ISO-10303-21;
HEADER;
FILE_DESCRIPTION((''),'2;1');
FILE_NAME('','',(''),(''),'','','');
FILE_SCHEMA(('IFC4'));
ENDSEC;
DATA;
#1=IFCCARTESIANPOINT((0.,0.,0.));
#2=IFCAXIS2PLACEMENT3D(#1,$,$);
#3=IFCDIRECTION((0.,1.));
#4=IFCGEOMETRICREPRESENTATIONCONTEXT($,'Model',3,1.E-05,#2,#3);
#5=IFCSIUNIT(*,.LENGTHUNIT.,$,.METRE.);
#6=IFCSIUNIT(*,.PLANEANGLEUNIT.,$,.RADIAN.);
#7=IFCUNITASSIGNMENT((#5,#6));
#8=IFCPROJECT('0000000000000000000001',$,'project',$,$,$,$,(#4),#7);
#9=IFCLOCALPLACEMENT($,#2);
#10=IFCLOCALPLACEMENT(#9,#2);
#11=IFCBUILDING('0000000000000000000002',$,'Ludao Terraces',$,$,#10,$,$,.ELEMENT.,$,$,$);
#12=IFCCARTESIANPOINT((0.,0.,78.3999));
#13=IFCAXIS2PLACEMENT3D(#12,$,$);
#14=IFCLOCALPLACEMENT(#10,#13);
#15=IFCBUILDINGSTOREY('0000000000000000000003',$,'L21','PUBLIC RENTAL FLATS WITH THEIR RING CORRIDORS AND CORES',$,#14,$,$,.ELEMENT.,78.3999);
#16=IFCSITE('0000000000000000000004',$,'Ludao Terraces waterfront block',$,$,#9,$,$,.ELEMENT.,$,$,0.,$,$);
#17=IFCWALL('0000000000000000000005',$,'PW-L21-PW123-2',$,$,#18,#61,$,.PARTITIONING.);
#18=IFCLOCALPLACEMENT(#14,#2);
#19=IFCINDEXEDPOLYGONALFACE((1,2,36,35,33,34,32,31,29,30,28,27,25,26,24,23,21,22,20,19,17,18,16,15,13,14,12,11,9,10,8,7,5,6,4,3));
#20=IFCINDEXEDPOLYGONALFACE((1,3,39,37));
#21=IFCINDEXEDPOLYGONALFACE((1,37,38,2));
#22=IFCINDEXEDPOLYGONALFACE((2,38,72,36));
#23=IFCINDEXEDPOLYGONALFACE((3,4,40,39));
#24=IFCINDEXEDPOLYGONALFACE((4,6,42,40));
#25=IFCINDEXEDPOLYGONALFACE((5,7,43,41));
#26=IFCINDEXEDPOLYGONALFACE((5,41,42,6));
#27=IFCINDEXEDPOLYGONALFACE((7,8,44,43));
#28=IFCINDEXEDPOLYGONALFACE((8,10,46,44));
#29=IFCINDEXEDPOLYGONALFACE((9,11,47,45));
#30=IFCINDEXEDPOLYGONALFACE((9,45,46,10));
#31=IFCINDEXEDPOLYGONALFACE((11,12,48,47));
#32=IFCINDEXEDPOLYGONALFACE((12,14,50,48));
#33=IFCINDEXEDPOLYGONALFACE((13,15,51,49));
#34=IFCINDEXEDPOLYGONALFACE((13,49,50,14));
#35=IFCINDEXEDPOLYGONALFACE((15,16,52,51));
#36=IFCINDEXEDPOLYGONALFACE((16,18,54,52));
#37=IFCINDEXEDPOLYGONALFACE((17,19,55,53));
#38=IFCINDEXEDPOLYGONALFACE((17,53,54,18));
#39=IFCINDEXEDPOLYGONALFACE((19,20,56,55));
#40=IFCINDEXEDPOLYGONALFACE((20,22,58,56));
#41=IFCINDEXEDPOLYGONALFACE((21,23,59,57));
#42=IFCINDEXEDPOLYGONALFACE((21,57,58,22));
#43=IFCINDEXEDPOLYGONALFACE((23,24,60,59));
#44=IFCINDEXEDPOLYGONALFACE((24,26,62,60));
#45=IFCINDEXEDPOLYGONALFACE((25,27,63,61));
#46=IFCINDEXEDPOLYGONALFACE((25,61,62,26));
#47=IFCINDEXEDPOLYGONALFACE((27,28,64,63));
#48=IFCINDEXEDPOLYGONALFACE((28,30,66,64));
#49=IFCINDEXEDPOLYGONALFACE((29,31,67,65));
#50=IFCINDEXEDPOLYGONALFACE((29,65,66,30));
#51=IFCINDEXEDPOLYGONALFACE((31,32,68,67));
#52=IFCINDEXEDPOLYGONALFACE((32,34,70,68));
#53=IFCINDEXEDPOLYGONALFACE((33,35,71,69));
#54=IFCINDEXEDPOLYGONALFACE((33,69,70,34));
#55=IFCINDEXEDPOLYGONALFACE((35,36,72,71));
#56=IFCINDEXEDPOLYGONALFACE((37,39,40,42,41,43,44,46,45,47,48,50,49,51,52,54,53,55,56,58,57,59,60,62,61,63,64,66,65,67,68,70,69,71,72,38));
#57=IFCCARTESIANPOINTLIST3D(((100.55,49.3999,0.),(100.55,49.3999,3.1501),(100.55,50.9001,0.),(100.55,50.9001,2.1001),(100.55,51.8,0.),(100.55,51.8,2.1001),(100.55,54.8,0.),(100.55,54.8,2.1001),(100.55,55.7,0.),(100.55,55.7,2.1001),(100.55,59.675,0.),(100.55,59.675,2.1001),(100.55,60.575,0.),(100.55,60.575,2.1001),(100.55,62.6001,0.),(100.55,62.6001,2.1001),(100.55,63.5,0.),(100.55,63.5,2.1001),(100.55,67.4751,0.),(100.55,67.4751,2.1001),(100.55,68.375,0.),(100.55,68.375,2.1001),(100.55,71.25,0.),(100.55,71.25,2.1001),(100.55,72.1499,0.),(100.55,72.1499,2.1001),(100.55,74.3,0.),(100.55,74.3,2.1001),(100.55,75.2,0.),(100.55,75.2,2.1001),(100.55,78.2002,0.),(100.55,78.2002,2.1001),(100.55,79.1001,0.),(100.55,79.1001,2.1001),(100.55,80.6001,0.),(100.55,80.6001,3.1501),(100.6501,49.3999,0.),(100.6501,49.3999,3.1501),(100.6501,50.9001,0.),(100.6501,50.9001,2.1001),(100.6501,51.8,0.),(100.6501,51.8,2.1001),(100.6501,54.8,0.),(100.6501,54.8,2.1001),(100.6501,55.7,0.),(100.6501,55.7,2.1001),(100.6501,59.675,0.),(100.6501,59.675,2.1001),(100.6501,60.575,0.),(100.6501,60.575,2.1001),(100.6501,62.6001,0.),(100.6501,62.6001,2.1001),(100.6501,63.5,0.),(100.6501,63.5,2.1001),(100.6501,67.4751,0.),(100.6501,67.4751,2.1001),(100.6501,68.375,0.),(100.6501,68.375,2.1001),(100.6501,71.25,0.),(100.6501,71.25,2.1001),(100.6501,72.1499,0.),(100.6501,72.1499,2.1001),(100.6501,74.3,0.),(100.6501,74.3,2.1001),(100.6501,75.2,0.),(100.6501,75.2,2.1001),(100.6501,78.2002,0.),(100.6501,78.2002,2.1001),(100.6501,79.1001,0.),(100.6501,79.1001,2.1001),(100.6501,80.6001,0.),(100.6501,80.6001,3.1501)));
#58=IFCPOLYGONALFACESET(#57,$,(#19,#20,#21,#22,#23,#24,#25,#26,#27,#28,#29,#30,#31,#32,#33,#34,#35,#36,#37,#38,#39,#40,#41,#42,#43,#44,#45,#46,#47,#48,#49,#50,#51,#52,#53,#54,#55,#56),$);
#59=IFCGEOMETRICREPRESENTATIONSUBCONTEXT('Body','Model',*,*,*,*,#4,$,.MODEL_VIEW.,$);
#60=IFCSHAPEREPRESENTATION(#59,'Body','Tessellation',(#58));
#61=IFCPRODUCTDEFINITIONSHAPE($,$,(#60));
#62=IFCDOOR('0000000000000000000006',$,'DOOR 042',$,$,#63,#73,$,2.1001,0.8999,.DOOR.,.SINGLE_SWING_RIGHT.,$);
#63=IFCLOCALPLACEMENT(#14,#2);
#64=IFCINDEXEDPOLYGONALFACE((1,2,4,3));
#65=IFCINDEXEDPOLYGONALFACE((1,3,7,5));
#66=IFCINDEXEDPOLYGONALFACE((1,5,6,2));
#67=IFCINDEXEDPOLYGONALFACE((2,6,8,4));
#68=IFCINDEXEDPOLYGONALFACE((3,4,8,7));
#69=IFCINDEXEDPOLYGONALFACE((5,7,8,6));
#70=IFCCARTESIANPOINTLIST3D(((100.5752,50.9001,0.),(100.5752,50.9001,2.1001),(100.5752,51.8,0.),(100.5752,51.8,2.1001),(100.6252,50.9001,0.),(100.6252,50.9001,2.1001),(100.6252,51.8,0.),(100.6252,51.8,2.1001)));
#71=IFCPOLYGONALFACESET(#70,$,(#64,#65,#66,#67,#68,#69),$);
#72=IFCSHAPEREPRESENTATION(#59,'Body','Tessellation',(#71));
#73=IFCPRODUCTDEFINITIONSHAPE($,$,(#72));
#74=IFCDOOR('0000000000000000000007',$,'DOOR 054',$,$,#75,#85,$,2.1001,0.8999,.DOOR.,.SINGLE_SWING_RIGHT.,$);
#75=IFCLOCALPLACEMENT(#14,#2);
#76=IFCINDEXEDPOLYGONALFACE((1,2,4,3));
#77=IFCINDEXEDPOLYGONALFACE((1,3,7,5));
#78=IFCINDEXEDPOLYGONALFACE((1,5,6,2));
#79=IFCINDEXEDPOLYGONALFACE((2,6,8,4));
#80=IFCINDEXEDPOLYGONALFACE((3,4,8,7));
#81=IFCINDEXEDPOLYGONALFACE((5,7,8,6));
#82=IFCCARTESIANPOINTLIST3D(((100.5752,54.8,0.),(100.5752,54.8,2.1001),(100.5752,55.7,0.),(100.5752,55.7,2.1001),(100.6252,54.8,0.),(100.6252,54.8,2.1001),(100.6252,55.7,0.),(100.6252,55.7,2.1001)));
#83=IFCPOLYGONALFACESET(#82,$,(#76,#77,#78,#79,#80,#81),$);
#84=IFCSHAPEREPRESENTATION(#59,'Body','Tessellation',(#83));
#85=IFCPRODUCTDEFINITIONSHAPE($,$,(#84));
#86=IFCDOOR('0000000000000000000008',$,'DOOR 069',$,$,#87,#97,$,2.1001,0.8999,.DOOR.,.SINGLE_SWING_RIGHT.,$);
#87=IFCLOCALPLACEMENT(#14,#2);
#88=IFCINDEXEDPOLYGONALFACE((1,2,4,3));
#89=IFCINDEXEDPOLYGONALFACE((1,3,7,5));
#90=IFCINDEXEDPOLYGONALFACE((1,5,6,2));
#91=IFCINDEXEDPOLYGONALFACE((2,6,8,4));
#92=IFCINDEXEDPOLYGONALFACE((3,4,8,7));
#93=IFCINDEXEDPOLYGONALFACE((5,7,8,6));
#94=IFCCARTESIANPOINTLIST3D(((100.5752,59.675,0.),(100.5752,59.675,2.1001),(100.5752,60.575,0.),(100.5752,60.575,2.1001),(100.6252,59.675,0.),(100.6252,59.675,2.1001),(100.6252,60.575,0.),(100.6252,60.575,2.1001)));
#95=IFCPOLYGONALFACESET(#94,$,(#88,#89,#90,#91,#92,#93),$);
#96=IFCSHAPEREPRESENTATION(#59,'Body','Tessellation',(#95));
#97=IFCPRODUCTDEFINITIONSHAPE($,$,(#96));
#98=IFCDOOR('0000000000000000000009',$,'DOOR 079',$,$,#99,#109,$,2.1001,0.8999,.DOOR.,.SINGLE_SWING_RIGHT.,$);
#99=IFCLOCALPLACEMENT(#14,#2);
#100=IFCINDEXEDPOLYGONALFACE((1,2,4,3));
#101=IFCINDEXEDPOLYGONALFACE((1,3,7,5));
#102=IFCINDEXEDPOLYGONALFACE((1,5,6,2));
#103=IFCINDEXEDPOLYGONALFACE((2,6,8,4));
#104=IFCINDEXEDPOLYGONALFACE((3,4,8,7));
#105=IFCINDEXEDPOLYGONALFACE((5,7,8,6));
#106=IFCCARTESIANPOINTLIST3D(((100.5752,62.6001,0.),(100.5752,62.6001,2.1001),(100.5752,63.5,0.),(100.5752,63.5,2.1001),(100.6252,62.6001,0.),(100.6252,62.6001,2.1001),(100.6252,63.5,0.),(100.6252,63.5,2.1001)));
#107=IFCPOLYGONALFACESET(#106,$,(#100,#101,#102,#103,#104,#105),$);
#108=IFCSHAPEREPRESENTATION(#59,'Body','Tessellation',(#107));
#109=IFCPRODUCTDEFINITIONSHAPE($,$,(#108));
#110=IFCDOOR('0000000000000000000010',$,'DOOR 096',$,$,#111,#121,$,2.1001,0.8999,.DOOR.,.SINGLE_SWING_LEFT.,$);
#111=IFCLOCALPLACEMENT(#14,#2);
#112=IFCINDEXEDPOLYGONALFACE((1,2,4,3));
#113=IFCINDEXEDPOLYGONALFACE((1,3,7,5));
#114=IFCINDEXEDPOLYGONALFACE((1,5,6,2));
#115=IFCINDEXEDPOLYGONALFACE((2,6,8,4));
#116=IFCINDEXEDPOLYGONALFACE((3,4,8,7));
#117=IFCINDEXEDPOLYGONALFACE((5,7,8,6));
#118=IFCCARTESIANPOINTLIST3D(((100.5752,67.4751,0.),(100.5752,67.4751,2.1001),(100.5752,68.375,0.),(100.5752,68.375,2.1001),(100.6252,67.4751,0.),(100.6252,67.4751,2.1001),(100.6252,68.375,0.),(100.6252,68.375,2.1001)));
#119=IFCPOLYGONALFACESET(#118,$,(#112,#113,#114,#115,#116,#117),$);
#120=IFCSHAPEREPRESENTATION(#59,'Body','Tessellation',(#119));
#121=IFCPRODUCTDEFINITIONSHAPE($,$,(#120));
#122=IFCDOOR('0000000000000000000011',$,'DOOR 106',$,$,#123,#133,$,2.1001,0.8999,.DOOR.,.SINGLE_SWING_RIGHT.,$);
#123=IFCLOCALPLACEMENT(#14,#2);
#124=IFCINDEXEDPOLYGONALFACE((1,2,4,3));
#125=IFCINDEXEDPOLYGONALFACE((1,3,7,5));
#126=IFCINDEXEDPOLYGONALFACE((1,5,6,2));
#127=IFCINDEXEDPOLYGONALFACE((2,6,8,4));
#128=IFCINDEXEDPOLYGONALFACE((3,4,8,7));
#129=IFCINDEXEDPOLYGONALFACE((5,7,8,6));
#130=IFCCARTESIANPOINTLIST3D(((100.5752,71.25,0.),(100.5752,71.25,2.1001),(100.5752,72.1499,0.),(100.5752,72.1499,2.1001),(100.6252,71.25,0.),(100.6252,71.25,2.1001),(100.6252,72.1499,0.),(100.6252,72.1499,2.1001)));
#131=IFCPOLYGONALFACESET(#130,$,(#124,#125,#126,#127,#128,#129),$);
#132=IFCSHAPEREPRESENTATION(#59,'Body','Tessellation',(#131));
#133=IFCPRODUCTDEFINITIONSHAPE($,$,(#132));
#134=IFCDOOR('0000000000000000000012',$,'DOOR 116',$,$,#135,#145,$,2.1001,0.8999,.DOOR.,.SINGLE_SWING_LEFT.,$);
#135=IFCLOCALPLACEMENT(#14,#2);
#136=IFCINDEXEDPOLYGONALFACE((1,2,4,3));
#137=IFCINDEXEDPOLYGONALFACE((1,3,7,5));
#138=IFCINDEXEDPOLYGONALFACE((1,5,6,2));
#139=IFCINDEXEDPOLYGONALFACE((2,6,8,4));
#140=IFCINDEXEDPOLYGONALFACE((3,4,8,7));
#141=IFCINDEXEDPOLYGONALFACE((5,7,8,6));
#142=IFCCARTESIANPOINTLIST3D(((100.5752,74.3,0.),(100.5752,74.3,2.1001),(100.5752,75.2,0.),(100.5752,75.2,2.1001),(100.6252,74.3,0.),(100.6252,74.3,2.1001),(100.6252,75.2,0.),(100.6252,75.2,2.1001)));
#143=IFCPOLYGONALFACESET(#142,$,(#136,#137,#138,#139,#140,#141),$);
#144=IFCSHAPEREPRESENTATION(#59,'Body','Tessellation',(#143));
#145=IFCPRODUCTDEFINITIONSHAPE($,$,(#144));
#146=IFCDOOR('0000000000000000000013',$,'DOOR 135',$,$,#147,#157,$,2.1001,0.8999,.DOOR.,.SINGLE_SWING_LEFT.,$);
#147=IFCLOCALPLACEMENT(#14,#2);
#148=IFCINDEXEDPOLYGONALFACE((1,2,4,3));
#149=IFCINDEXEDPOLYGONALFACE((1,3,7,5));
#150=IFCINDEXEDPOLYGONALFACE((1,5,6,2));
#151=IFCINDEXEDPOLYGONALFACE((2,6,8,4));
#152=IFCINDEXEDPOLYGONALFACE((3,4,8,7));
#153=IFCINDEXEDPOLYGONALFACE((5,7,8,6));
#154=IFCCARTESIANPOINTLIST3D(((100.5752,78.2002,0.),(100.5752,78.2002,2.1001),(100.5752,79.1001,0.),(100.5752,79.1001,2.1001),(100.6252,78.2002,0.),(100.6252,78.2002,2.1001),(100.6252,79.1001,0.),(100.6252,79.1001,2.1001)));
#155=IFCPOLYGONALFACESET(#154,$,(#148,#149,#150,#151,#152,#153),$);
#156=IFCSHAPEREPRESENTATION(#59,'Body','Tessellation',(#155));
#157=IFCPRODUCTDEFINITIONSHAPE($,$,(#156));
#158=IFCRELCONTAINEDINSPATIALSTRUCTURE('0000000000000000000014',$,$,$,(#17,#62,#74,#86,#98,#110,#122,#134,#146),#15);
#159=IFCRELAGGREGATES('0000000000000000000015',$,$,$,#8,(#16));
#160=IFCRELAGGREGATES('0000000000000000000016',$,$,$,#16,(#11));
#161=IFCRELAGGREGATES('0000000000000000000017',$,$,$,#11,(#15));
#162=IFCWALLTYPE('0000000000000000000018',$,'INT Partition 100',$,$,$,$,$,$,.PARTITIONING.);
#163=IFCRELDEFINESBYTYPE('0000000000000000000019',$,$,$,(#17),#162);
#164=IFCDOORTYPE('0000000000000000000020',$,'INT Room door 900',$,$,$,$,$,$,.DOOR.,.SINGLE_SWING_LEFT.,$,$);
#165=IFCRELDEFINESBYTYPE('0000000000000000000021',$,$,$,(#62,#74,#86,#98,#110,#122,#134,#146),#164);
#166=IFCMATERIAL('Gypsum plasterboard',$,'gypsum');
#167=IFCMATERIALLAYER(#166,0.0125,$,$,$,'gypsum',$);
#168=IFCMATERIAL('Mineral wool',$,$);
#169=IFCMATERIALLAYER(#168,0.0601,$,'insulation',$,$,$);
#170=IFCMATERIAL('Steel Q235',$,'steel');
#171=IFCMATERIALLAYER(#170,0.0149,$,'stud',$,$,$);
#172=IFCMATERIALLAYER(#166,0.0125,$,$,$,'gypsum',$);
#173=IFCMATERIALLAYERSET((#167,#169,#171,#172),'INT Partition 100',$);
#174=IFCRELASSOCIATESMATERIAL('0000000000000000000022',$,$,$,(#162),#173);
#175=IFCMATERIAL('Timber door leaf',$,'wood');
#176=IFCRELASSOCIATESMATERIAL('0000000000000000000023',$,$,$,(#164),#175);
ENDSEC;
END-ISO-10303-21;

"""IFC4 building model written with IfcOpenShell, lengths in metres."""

from ifc_helpers import new_model, si_unit, direction, frame, frame_2d, origin, place, context, subcontext, project, spatial, rectangle, extrude, material, layer, layer_set, type_object, element, fill, save


model = new_model("IFC4")

# Units and contexts
model_context = context("Model", 3, precision=1e-05, world=origin(), true_north=direction((0.0, 1.0)))
body_context = subcontext(model_context, "Body", "Model", "MODEL_VIEW")
ifc_project = project(units=[si_unit("LENGTHUNIT", "METRE"), si_unit("PLANEANGLEUNIT", "RADIAN")], contexts=[model_context])

# Site, building, storey
site_placement = place(None, origin())
site = spatial("IfcSite", under=ifc_project, at=site_placement, Name="Ludao Terraces waterfront block", CompositionType="ELEMENT", RefElevation=0.0)
building_placement = place(site_placement, origin())
building = spatial("IfcBuilding", under=site, at=building_placement, Name="Ludao Terraces", CompositionType="ELEMENT")
storey_placement = place(building_placement, frame((0.0, 0.0, 78.3999)))
storey = spatial("IfcBuildingStorey", under=building, at=storey_placement, Name="L21", Description="PUBLIC RENTAL FLATS WITH THEIR RING CORRIDORS AND CORES", CompositionType="ELEMENT", Elevation=78.3999)

# Shared definitions
ifc_material_1 = material(Name="Mineral wool")

# Wall, openings, doors
ifc_material_2 = material(Name="Gypsum plasterboard", Category="gypsum")
ifc_layer_1 = layer(ifc_material_2, 0.0125, Category="gypsum")
ifc_layer_2 = layer(ifc_material_1, 0.0601, Name="insulation")
ifc_material_3 = material(Name="Steel Q235", Category="steel")
ifc_layer_3 = layer(ifc_material_3, 0.0149, Name="stud")
ifc_layer_4 = layer(ifc_material_2, 0.0125, Category="gypsum")
ifc_layer_set_1 = layer_set([ifc_layer_1, ifc_layer_2, ifc_layer_3, ifc_layer_4], Name="INT Partition 100")
wall_type_1 = type_object("IfcWallType", Name="INT Partition 100", PredefinedType="PARTITIONING", material=ifc_layer_set_1)
wall_1_placement = place(storey_placement, frame((100.6001, 49.3999, 0.0), z_axis=(0.0, 0.0, 1.0), x_axis=(0.0, 1.0, 0.0)))
wall_1 = element("IfcWall", 1, at=wall_1_placement, inside=storey, type_object=wall_type_1, Name="PW-L21-PW123-2", PredefinedType="PARTITIONING", context=body_context, shape_type="SweptSolid", body=[
    extrude(rectangle(XDim=31.2002, YDim=0.1001, at=frame_2d((15.6001, 0.0))), origin(), (0.0, 0.0, 1.0), 3.1501),
])
opening_1_placement = place(wall_1_placement, frame((1.5002, 0.0, 0.0)))
opening_1 = element("IfcOpeningElement", 2, at=opening_1_placement, cuts=wall_1, PredefinedType="OPENING", context=body_context, shape_type="SweptSolid", body=[
    extrude(rectangle(XDim=0.8999, YDim=2.1001, at=frame_2d((0.45, 1.05))), frame((0.0, 0.0601, 0.0), z_axis=(0.0, -1.0, 0.0), x_axis=(1.0, 0.0, 0.0)), (0.0, 0.0, 1.0), 0.1201),
])
opening_2_placement = place(wall_1_placement, frame((5.4001, 0.0, 0.0)))
opening_2 = element("IfcOpeningElement", 3, at=opening_2_placement, cuts=wall_1, PredefinedType="OPENING", context=body_context, shape_type="SweptSolid", body=[
    extrude(rectangle(XDim=0.8999, YDim=2.1001, at=frame_2d((0.45, 1.05))), frame((0.0, 0.0601, 0.0), z_axis=(0.0, -1.0, 0.0), x_axis=(1.0, 0.0, 0.0)), (0.0, 0.0, 1.0), 0.1201),
])
opening_3_placement = place(wall_1_placement, frame((10.2751, 0.0, 0.0)))
opening_3 = element("IfcOpeningElement", 4, at=opening_3_placement, cuts=wall_1, PredefinedType="OPENING", context=body_context, shape_type="SweptSolid", body=[
    extrude(rectangle(XDim=0.8999, YDim=2.1001, at=frame_2d((0.45, 1.05))), frame((0.0, 0.0601, 0.0), z_axis=(0.0, -1.0, 0.0), x_axis=(1.0, 0.0, 0.0)), (0.0, 0.0, 1.0), 0.1201),
])
opening_4_placement = place(wall_1_placement, frame((13.2002, 0.0, 0.0)))
opening_4 = element("IfcOpeningElement", 5, at=opening_4_placement, cuts=wall_1, PredefinedType="OPENING", context=body_context, shape_type="SweptSolid", body=[
    extrude(rectangle(XDim=0.8999, YDim=2.1001, at=frame_2d((0.45, 1.05))), frame((0.0, 0.0601, 0.0), z_axis=(0.0, -1.0, 0.0), x_axis=(1.0, 0.0, 0.0)), (0.0, 0.0, 1.0), 0.1201),
])
opening_5_placement = place(wall_1_placement, frame((18.0752, 0.0, 0.0)))
opening_5 = element("IfcOpeningElement", 6, at=opening_5_placement, cuts=wall_1, PredefinedType="OPENING", context=body_context, shape_type="SweptSolid", body=[
    extrude(rectangle(XDim=0.8999, YDim=2.1001, at=frame_2d((0.45, 1.05))), frame((0.0, 0.0601, 0.0), z_axis=(0.0, -1.0, 0.0), x_axis=(1.0, 0.0, 0.0)), (0.0, 0.0, 1.0), 0.1201),
])
opening_6_placement = place(wall_1_placement, frame((21.8501, 0.0, 0.0)))
opening_6 = element("IfcOpeningElement", 7, at=opening_6_placement, cuts=wall_1, PredefinedType="OPENING", context=body_context, shape_type="SweptSolid", body=[
    extrude(rectangle(XDim=0.8999, YDim=2.1001, at=frame_2d((0.45, 1.05))), frame((0.0, 0.0601, 0.0), z_axis=(0.0, -1.0, 0.0), x_axis=(1.0, 0.0, 0.0)), (0.0, 0.0, 1.0), 0.1201),
])
opening_7_placement = place(wall_1_placement, frame((24.9001, 0.0, 0.0)))
opening_7 = element("IfcOpeningElement", 8, at=opening_7_placement, cuts=wall_1, PredefinedType="OPENING", context=body_context, shape_type="SweptSolid", body=[
    extrude(rectangle(XDim=0.8999, YDim=2.1001, at=frame_2d((0.45, 1.05))), frame((0.0, 0.0601, 0.0), z_axis=(0.0, -1.0, 0.0), x_axis=(1.0, 0.0, 0.0)), (0.0, 0.0, 1.0), 0.1201),
])
opening_8_placement = place(wall_1_placement, frame((28.8003, 0.0, 0.0)))
opening_8 = element("IfcOpeningElement", 9, at=opening_8_placement, cuts=wall_1, PredefinedType="OPENING", context=body_context, shape_type="SweptSolid", body=[
    extrude(rectangle(XDim=0.8999, YDim=2.1001, at=frame_2d((0.45, 1.05))), frame((0.0, 0.0601, 0.0), z_axis=(0.0, -1.0, 0.0), x_axis=(1.0, 0.0, 0.0)), (0.0, 0.0, 1.0), 0.1201),
])
ifc_material_4 = material(Name="Timber door leaf", Category="wood")
door_type = type_object("IfcDoorType", Name="INT Room door 900", OperationType="SINGLE_SWING_LEFT", PredefinedType="DOOR", material=ifc_material_4)
door_1_placement = place(opening_1_placement, origin())
door_1 = element("IfcDoor", 10, at=door_1_placement, inside=storey, type_object=door_type, Name="DOOR 042", OperationType="SINGLE_SWING_RIGHT", OverallHeight=2.1001, OverallWidth=0.8999, PredefinedType="DOOR", context=body_context, shape_type="SweptSolid", body=[
    extrude(rectangle(XDim=0.8999, YDim=2.1001, at=frame_2d((0.45, 1.05))), frame((0.0, 0.0249, 0.0), z_axis=(0.0, -1.0, 0.0), x_axis=(1.0, 0.0, 0.0)), (0.0, 0.0, 1.0), 0.05),
])
fill(opening_1, door_1)
door_2_placement = place(opening_2_placement, origin())
door_2 = element("IfcDoor", 11, at=door_2_placement, inside=storey, type_object=door_type, Name="DOOR 054", OperationType="SINGLE_SWING_RIGHT", OverallHeight=2.1001, OverallWidth=0.8999, PredefinedType="DOOR", context=body_context, shape_type="SweptSolid", body=[
    extrude(rectangle(XDim=0.8999, YDim=2.1001, at=frame_2d((0.45, 1.05))), frame((0.0, 0.0249, 0.0), z_axis=(0.0, -1.0, 0.0), x_axis=(1.0, 0.0, 0.0)), (0.0, 0.0, 1.0), 0.05),
])
fill(opening_2, door_2)
door_3_placement = place(opening_3_placement, origin())
door_3 = element("IfcDoor", 12, at=door_3_placement, inside=storey, type_object=door_type, Name="DOOR 069", OperationType="SINGLE_SWING_RIGHT", OverallHeight=2.1001, OverallWidth=0.8999, PredefinedType="DOOR", context=body_context, shape_type="SweptSolid", body=[
    extrude(rectangle(XDim=0.8999, YDim=2.1001, at=frame_2d((0.45, 1.05))), frame((0.0, 0.0249, 0.0), z_axis=(0.0, -1.0, 0.0), x_axis=(1.0, 0.0, 0.0)), (0.0, 0.0, 1.0), 0.05),
])
fill(opening_3, door_3)
door_4_placement = place(opening_4_placement, origin())
door_4 = element("IfcDoor", 13, at=door_4_placement, inside=storey, type_object=door_type, Name="DOOR 079", OperationType="SINGLE_SWING_RIGHT", OverallHeight=2.1001, OverallWidth=0.8999, PredefinedType="DOOR", context=body_context, shape_type="SweptSolid", body=[
    extrude(rectangle(XDim=0.8999, YDim=2.1001, at=frame_2d((0.45, 1.05))), frame((0.0, 0.0249, 0.0), z_axis=(0.0, -1.0, 0.0), x_axis=(1.0, 0.0, 0.0)), (0.0, 0.0, 1.0), 0.05),
])
fill(opening_4, door_4)
door_5_placement = place(opening_5_placement, origin())
door_5 = element("IfcDoor", 14, at=door_5_placement, inside=storey, type_object=door_type, Name="DOOR 096", OperationType="SINGLE_SWING_LEFT", OverallHeight=2.1001, OverallWidth=0.8999, PredefinedType="DOOR", context=body_context, shape_type="SweptSolid", body=[
    extrude(rectangle(XDim=0.8999, YDim=2.1001, at=frame_2d((0.45, 1.05))), frame((0.0, 0.0249, 0.0), z_axis=(0.0, -1.0, 0.0), x_axis=(1.0, 0.0, 0.0)), (0.0, 0.0, 1.0), 0.05),
])
fill(opening_5, door_5)
door_6_placement = place(opening_6_placement, origin())
door_6 = element("IfcDoor", 15, at=door_6_placement, inside=storey, type_object=door_type, Name="DOOR 106", OperationType="SINGLE_SWING_RIGHT", OverallHeight=2.1001, OverallWidth=0.8999, PredefinedType="DOOR", context=body_context, shape_type="SweptSolid", body=[
    extrude(rectangle(XDim=0.8999, YDim=2.1001, at=frame_2d((0.45, 1.05))), frame((0.0, 0.0249, 0.0), z_axis=(0.0, -1.0, 0.0), x_axis=(1.0, 0.0, 0.0)), (0.0, 0.0, 1.0), 0.05),
])
fill(opening_6, door_6)
door_7_placement = place(opening_7_placement, origin())
door_7 = element("IfcDoor", 16, at=door_7_placement, inside=storey, type_object=door_type, Name="DOOR 116", OperationType="SINGLE_SWING_LEFT", OverallHeight=2.1001, OverallWidth=0.8999, PredefinedType="DOOR", context=body_context, shape_type="SweptSolid", body=[
    extrude(rectangle(XDim=0.8999, YDim=2.1001, at=frame_2d((0.45, 1.05))), frame((0.0, 0.0249, 0.0), z_axis=(0.0, -1.0, 0.0), x_axis=(1.0, 0.0, 0.0)), (0.0, 0.0, 1.0), 0.05),
])
fill(opening_7, door_7)
door_8_placement = place(opening_8_placement, origin())
door_8 = element("IfcDoor", 17, at=door_8_placement, inside=storey, type_object=door_type, Name="DOOR 135", OperationType="SINGLE_SWING_LEFT", OverallHeight=2.1001, OverallWidth=0.8999, PredefinedType="DOOR", context=body_context, shape_type="SweptSolid", body=[
    extrude(rectangle(XDim=0.8999, YDim=2.1001, at=frame_2d((0.45, 1.05))), frame((0.0, 0.0249, 0.0), z_axis=(0.0, -1.0, 0.0), x_axis=(1.0, 0.0, 0.0)), (0.0, 0.0, 1.0), 0.05),
])
fill(opening_8, door_8)

save(model, "model.ifc")
